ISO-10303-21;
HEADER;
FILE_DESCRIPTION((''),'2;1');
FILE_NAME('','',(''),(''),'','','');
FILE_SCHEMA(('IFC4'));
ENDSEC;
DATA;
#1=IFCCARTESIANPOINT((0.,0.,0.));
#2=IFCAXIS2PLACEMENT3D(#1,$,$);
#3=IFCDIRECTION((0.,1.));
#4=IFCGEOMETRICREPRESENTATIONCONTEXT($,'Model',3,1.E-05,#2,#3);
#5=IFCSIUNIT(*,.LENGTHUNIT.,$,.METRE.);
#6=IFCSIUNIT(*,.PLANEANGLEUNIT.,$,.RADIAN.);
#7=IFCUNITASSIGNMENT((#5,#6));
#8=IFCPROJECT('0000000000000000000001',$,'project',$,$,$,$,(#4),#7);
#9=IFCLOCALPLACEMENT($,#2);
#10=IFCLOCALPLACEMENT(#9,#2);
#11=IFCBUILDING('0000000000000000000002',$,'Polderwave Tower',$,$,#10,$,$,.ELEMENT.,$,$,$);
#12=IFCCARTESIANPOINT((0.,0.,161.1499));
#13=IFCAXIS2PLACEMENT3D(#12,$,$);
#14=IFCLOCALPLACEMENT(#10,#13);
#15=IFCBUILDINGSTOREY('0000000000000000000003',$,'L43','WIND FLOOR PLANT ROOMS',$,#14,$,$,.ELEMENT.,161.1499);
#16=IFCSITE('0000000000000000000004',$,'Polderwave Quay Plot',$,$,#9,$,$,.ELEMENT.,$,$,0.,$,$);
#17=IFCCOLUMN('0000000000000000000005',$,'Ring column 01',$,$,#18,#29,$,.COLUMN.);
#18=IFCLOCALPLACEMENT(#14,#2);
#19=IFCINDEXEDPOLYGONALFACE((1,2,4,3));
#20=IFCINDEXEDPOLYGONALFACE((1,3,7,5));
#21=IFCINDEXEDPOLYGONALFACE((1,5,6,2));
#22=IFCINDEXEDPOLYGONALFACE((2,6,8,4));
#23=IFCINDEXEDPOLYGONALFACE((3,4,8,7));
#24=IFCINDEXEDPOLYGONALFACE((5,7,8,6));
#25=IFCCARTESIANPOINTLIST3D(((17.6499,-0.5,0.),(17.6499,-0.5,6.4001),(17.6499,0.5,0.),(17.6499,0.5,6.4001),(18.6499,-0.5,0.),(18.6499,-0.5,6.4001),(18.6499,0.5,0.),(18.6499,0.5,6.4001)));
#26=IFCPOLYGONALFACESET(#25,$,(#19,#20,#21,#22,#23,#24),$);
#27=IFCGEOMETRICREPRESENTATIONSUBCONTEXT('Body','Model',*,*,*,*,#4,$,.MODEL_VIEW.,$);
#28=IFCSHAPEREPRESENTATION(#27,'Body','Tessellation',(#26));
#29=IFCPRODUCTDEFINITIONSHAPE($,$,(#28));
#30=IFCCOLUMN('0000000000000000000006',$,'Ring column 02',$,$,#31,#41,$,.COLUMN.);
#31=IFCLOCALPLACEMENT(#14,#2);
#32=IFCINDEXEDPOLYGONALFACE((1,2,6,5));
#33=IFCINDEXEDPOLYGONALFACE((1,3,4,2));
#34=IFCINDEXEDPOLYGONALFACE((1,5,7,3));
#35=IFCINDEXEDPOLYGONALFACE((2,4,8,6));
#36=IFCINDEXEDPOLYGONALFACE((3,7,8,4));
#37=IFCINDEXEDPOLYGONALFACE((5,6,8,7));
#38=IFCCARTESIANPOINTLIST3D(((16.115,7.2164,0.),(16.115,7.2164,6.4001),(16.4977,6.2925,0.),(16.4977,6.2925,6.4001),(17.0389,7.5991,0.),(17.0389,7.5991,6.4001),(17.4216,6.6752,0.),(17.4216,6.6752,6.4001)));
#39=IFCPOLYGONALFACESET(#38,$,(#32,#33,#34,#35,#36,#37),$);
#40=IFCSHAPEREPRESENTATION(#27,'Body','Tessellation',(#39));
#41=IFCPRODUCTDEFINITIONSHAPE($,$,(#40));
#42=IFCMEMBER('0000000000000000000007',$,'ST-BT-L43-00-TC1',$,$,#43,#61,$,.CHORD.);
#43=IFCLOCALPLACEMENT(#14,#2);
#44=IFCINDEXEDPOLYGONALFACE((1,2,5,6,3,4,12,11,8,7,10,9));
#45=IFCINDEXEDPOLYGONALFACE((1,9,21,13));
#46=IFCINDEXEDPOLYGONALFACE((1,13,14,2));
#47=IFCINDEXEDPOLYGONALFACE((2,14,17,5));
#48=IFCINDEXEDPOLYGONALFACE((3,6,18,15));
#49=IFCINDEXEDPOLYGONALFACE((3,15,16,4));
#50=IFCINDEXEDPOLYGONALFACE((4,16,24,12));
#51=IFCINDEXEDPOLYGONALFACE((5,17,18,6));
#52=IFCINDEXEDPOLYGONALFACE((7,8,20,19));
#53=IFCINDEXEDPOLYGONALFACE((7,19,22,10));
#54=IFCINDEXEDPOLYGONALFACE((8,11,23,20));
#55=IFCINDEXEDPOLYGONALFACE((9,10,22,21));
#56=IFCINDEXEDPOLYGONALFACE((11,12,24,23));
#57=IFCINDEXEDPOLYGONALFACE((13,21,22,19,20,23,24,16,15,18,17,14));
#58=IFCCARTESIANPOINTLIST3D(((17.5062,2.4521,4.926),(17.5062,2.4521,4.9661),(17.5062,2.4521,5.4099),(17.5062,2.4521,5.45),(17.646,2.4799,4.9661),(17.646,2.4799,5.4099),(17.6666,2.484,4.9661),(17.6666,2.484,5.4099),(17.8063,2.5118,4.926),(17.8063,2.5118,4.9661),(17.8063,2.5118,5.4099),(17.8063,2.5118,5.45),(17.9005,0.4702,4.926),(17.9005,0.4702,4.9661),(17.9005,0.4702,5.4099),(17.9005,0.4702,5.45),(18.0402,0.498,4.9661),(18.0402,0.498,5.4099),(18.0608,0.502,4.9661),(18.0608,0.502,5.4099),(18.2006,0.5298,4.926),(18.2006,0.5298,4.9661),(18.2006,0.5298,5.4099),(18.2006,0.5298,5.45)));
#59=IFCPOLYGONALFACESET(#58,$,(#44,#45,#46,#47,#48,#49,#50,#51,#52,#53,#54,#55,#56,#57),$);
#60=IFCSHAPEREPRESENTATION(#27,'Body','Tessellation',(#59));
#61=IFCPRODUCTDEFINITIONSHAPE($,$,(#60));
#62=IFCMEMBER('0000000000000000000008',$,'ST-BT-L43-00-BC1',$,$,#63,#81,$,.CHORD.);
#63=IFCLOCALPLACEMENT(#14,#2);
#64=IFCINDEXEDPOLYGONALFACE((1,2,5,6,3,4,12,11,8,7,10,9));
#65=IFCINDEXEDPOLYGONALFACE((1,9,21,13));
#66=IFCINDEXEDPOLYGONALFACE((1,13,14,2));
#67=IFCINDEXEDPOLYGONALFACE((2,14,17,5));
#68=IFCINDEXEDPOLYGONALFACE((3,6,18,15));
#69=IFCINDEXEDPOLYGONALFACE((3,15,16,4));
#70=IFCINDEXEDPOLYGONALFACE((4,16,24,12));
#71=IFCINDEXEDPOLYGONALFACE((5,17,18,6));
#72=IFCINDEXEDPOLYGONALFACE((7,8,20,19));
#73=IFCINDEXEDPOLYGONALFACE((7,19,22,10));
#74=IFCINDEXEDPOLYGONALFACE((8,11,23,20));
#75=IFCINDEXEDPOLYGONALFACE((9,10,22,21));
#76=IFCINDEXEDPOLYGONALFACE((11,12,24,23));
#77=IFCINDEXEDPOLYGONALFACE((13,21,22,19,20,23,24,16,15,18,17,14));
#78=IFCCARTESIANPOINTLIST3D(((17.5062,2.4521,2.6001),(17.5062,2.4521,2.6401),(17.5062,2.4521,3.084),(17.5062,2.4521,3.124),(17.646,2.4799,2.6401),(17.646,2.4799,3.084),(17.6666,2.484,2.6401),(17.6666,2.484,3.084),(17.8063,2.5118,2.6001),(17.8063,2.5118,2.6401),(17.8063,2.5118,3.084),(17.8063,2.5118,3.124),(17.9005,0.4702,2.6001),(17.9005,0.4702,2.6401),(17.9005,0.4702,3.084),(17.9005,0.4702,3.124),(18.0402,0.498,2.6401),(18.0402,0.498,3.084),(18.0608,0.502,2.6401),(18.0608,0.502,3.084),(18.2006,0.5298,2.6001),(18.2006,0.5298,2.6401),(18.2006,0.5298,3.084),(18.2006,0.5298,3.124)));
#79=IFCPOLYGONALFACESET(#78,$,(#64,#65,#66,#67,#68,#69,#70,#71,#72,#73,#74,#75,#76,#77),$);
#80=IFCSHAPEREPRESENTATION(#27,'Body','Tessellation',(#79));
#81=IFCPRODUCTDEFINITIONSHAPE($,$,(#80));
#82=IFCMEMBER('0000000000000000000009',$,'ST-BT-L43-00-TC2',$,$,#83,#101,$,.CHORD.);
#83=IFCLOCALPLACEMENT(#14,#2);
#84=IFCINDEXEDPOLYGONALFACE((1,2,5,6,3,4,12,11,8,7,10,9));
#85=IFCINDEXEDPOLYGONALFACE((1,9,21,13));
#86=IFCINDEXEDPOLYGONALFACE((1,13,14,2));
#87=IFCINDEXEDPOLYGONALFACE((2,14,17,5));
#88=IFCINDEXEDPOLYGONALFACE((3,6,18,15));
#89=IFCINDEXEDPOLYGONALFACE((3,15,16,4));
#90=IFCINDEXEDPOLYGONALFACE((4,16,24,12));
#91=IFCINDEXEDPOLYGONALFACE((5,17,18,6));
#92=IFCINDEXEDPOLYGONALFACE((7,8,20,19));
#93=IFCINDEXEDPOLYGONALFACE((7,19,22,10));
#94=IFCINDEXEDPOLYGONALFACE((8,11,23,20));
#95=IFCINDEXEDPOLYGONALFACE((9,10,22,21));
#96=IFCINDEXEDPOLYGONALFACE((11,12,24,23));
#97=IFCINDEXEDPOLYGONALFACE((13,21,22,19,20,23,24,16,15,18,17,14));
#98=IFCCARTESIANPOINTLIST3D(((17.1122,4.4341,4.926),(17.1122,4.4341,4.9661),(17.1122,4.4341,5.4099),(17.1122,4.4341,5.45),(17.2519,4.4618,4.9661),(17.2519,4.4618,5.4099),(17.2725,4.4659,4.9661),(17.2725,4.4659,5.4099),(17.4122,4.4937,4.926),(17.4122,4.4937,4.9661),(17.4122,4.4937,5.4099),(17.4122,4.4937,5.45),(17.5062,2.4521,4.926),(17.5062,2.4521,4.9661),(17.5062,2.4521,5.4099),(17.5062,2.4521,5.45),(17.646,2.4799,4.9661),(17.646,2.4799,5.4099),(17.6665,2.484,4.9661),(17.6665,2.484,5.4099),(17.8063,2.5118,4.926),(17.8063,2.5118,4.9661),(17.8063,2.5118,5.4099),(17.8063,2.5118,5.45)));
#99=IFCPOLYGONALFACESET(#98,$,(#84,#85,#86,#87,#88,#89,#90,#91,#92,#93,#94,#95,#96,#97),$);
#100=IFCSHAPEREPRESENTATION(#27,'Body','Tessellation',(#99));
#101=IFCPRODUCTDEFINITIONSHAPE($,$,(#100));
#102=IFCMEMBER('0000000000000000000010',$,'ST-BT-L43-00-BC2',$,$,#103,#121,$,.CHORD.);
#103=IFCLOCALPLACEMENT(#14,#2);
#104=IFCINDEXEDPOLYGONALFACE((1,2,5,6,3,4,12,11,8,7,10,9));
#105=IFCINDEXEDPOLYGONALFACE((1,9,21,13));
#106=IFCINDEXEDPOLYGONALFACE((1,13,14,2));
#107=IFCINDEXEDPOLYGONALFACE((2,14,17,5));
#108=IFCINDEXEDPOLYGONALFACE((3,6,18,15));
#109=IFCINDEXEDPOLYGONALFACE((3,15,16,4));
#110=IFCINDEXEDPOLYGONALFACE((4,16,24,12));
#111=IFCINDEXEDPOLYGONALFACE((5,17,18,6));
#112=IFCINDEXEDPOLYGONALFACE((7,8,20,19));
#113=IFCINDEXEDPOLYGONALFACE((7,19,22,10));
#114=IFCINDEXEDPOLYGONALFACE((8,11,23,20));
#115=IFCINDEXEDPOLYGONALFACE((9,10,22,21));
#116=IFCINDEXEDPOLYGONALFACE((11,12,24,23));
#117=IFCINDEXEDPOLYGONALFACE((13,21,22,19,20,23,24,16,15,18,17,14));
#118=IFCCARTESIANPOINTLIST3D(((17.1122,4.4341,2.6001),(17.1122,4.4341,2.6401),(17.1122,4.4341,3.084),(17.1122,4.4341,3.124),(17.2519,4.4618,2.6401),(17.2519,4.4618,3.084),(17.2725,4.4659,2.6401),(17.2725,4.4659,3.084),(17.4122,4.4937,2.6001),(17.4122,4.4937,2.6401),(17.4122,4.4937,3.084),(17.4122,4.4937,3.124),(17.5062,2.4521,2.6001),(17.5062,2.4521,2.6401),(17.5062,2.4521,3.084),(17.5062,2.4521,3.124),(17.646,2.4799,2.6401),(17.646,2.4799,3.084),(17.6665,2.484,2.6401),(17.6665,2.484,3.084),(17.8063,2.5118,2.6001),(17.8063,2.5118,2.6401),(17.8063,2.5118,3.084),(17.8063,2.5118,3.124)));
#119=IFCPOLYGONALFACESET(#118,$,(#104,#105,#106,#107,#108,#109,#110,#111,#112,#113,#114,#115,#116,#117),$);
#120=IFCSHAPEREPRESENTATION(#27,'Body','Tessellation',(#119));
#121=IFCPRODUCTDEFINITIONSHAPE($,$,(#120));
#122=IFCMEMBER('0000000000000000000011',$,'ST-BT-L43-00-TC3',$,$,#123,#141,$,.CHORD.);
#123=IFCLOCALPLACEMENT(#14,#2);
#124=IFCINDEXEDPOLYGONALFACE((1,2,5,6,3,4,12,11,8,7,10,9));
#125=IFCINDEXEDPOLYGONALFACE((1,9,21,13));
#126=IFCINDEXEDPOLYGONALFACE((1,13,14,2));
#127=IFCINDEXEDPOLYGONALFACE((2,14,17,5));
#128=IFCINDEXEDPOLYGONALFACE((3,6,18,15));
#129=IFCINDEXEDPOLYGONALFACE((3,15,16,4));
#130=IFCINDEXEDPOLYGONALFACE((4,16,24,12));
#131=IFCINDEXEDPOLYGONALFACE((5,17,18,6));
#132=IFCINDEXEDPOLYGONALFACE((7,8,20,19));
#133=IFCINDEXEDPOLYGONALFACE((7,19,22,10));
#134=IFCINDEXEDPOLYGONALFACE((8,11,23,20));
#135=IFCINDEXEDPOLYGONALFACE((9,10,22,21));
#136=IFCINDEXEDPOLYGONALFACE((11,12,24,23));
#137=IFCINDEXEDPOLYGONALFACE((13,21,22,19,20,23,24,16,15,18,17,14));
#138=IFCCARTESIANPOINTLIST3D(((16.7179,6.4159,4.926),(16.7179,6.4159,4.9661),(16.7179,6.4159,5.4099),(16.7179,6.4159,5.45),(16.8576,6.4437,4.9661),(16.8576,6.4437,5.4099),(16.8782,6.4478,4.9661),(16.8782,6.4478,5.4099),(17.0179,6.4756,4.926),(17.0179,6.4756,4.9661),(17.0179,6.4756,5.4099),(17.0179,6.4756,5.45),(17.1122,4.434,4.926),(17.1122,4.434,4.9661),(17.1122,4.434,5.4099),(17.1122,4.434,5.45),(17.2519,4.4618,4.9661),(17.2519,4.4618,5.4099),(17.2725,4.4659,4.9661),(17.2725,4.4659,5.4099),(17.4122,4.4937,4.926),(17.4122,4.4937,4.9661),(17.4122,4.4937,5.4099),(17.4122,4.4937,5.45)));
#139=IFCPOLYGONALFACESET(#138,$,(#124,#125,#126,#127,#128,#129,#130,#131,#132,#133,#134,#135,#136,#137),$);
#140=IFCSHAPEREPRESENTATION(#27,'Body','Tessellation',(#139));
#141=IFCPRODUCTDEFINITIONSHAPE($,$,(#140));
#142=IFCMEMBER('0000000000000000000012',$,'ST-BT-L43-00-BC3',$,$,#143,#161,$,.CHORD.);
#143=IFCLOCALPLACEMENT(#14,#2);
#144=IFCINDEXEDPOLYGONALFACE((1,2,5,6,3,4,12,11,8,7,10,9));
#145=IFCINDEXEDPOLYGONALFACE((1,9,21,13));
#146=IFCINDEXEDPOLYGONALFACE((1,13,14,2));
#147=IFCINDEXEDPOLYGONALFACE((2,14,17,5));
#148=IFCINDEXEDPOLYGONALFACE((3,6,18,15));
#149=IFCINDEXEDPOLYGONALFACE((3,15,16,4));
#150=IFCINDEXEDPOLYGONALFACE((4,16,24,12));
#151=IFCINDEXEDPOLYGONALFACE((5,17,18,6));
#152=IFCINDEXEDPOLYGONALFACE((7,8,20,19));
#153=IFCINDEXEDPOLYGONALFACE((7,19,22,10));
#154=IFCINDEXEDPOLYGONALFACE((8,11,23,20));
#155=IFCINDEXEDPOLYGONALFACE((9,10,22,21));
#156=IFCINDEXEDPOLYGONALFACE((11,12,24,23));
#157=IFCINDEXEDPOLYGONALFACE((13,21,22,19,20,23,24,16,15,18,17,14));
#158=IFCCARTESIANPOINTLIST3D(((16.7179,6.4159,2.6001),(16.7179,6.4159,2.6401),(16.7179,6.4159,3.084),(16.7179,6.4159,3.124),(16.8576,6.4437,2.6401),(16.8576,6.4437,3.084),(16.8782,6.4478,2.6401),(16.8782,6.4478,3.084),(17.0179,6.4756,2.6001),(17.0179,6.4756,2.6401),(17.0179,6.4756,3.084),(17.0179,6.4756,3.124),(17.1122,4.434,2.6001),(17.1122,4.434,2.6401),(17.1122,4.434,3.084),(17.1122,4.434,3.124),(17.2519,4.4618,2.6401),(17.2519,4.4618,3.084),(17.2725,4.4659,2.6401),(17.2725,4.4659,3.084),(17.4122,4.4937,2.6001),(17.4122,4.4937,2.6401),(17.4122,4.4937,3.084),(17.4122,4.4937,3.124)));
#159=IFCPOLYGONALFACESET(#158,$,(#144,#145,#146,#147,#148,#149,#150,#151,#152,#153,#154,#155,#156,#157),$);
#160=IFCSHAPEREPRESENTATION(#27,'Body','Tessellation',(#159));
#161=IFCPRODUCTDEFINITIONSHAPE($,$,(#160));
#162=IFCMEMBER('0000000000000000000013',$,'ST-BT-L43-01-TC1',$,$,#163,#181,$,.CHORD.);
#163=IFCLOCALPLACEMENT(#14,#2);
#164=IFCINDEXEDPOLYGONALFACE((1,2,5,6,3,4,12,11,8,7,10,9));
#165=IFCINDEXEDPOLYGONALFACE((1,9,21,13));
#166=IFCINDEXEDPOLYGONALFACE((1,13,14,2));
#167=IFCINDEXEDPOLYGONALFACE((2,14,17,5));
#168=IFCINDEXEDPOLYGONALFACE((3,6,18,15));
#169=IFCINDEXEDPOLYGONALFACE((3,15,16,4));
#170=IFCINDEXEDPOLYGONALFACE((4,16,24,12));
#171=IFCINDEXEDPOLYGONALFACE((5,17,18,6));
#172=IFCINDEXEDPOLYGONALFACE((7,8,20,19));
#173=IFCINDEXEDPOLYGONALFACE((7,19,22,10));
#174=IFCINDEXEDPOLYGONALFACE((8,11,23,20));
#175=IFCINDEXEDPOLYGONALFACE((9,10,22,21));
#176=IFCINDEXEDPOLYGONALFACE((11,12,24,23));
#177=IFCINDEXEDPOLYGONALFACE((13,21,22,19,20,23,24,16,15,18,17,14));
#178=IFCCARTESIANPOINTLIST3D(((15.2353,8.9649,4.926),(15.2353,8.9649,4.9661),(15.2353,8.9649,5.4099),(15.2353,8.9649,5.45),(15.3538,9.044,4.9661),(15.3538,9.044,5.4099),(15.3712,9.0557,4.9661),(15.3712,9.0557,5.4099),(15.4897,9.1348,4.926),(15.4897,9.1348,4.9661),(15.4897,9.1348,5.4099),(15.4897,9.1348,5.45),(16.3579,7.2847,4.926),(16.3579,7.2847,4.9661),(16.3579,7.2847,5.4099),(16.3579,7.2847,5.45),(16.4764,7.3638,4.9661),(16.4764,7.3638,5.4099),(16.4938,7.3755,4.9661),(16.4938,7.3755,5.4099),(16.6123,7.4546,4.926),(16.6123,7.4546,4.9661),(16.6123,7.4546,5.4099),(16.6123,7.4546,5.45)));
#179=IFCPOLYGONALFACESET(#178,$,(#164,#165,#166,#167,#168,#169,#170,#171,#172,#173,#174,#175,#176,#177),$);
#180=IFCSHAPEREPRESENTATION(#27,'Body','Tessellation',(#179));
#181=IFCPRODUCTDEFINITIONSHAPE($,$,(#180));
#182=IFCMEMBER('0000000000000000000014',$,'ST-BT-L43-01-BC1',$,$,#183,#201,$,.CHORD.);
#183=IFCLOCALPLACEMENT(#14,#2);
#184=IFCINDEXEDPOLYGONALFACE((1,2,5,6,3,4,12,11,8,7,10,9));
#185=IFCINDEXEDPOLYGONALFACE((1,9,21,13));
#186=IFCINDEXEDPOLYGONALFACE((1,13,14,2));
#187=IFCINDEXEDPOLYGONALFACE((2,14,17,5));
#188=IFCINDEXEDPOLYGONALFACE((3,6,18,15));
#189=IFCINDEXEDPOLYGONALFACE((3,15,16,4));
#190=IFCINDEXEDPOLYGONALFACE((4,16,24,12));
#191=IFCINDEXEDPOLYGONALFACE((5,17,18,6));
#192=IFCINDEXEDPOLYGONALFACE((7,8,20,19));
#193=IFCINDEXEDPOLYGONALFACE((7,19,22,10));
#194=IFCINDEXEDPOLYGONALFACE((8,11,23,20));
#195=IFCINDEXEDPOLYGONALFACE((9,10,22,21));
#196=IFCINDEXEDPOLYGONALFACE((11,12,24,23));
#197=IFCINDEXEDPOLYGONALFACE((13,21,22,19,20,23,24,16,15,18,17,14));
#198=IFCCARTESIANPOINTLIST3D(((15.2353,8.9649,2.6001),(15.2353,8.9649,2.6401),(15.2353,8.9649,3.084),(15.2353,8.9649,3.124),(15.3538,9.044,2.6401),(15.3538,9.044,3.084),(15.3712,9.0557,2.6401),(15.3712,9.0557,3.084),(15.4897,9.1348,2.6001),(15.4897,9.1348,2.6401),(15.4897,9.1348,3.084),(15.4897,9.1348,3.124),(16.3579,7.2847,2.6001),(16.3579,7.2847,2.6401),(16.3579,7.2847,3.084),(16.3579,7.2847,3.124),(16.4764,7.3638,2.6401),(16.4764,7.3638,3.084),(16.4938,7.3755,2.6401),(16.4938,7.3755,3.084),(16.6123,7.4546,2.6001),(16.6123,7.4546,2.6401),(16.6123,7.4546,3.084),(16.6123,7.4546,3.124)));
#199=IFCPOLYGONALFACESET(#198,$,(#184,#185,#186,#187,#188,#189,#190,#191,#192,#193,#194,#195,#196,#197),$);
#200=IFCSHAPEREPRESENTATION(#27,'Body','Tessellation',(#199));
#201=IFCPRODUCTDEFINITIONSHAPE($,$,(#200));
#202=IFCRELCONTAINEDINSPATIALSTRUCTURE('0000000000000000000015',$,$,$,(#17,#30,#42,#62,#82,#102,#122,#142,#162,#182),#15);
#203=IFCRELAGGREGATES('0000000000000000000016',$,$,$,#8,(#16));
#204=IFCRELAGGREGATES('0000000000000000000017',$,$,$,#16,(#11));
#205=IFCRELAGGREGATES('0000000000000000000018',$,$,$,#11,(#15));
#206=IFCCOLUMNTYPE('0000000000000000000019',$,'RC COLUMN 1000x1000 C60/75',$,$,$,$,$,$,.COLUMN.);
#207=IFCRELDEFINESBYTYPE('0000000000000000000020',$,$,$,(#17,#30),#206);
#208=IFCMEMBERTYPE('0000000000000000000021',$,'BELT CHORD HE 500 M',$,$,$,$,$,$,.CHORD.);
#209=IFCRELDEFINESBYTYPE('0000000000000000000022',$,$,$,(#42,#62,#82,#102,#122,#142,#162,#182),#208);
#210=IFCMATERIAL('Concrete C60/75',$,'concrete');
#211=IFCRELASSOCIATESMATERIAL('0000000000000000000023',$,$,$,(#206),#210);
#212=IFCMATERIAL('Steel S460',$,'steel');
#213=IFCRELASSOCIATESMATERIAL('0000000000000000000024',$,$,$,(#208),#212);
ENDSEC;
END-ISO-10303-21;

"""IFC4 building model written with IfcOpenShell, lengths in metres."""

from ifc_helpers import new_model, si_unit, direction, frame, origin, origin_2d, place, context, subcontext, project, spatial, rectangle, i_section, extrude, material, material_profile, profile_set, type_object, element, save


model = new_model("IFC4")

# Units and contexts
model_context = context("Model", 3, precision=1e-05, world=origin(), true_north=direction((0.0, 1.0)))
body_context = subcontext(model_context, "Body", "Model", "MODEL_VIEW")
ifc_project = project(units=[si_unit("LENGTHUNIT", "METRE"), si_unit("PLANEANGLEUNIT", "RADIAN")], contexts=[model_context])

# Site, building, storey
site_placement = place(None, origin())
site = spatial("IfcSite", under=ifc_project, at=site_placement, Name="Polderwave Quay Plot", CompositionType="ELEMENT", RefElevation=0.0)
building_placement = place(site_placement, origin())
building = spatial("IfcBuilding", under=site, at=building_placement, Name="Polderwave Tower", CompositionType="ELEMENT")
storey_placement = place(building_placement, frame((0.0, 0.0, 161.1499)))
storey = spatial("IfcBuildingStorey", under=building, at=storey_placement, Name="L43", Description="WIND FLOOR PLANT ROOMS", CompositionType="ELEMENT", Elevation=161.1499)

# Columns
ifc_material_1 = material(Name="Concrete C60/75", Category="concrete")
ifc_material_profile_1 = material_profile(ifc_material_1, rectangle(XDim=1.0, YDim=1.0, at=origin_2d()), Name="RC 1000x1000")
ifc_profile_set_1 = profile_set([ifc_material_profile_1], Name="Concrete C60/75")
column_type = type_object("IfcColumnType", Name="RC COLUMN 1000x1000 C60/75", PredefinedType="COLUMN", material=ifc_profile_set_1)
for number, where, z_axis, x_axis, name in (
    (1, (18.1499, 0.0, 0.0), (0.0, 0.0, 1.0), (1.0, 0.0, 0.0), "Ring column 01"),
    (2, (16.7683, 6.9458, 0.0), (0.0, 0.0, 1.0), (0.92388, 0.382683, 0.0), "Ring column 02"),
):
    element("IfcColumn", number, at=place(storey_placement, frame(where, z_axis=z_axis, x_axis=x_axis)), inside=storey, type_object=column_type, Name=name, PredefinedType="COLUMN", context=body_context, shape_type="SweptSolid", body=[
        extrude(rectangle(XDim=1.0, YDim=1.0, at=origin_2d()), origin(), (0.0, 0.0, 1.0), 6.4001),
    ])

# Members
ifc_material_2 = material(Name="Steel S460", Category="steel")
ifc_material_profile_2 = material_profile(ifc_material_2, i_section(OverallWidth=0.3059, OverallDepth=0.5239, WebThickness=0.021, FlangeThickness=0.04, at=origin_2d()), Name="HE 500 M")
ifc_profile_set_2 = profile_set([ifc_material_profile_2], Name="Steel S460")
member_type_1 = type_object("IfcMemberType", Name="BELT CHORD HE 500 M", PredefinedType="CHORD", material=ifc_profile_set_2)
for number, where, z_axis, x_axis, name in (
    (3, (18.0505, 0.5, 5.188), (-0.195117, 0.98078, 0.0), (-0.98078, -0.195117, 0.0), "ST-BT-L43-00-TC1"),
    (4, (18.0505, 0.5, 2.8621), (-0.195117, 0.98078, 0.0), (-0.98078, -0.195117, 0.0), "ST-BT-L43-00-BC1"),
    (5, (17.6562, 2.4819, 5.188), (-0.195001, 0.980803, 0.0), (-0.980803, -0.195001, 0.0), "ST-BT-L43-00-TC2"),
    (6, (17.6562, 2.4819, 2.8621), (-0.195001, 0.980803, 0.0), (-0.980803, -0.195001, 0.0), "ST-BT-L43-00-BC2"),
    (7, (17.2622, 4.4639, 5.188), (-0.195117, 0.98078, 0.0), (-0.98078, -0.195117, 0.0), "ST-BT-L43-00-TC3"),
    (8, (17.2622, 4.4639, 2.8621), (-0.195117, 0.98078, 0.0), (-0.98078, -0.195117, 0.0), "ST-BT-L43-00-BC3"),
    (9, (16.4851, 7.3696, 5.188), (-0.555536, 0.831492, 0.0), (-0.831492, -0.555536, 0.0), "ST-BT-L43-01-TC1"),
    (10, (16.4851, 7.3696, 2.8621), (-0.555536, 0.831492, 0.0), (-0.831492, -0.555536, 0.0), "ST-BT-L43-01-BC1"),
):
    element("IfcMember", number, at=place(storey_placement, frame(where, z_axis=z_axis, x_axis=x_axis)), inside=storey, type_object=member_type_1, Name=name, PredefinedType="CHORD", context=body_context, shape_type="SweptSolid", body=[
        extrude(i_section(OverallWidth=0.3059, OverallDepth=0.5239, WebThickness=0.021, FlangeThickness=0.04, at=origin_2d()), origin(), (0.0, 0.0, 1.0), 2.0208),
    ])

save(model, "model.ifc")
